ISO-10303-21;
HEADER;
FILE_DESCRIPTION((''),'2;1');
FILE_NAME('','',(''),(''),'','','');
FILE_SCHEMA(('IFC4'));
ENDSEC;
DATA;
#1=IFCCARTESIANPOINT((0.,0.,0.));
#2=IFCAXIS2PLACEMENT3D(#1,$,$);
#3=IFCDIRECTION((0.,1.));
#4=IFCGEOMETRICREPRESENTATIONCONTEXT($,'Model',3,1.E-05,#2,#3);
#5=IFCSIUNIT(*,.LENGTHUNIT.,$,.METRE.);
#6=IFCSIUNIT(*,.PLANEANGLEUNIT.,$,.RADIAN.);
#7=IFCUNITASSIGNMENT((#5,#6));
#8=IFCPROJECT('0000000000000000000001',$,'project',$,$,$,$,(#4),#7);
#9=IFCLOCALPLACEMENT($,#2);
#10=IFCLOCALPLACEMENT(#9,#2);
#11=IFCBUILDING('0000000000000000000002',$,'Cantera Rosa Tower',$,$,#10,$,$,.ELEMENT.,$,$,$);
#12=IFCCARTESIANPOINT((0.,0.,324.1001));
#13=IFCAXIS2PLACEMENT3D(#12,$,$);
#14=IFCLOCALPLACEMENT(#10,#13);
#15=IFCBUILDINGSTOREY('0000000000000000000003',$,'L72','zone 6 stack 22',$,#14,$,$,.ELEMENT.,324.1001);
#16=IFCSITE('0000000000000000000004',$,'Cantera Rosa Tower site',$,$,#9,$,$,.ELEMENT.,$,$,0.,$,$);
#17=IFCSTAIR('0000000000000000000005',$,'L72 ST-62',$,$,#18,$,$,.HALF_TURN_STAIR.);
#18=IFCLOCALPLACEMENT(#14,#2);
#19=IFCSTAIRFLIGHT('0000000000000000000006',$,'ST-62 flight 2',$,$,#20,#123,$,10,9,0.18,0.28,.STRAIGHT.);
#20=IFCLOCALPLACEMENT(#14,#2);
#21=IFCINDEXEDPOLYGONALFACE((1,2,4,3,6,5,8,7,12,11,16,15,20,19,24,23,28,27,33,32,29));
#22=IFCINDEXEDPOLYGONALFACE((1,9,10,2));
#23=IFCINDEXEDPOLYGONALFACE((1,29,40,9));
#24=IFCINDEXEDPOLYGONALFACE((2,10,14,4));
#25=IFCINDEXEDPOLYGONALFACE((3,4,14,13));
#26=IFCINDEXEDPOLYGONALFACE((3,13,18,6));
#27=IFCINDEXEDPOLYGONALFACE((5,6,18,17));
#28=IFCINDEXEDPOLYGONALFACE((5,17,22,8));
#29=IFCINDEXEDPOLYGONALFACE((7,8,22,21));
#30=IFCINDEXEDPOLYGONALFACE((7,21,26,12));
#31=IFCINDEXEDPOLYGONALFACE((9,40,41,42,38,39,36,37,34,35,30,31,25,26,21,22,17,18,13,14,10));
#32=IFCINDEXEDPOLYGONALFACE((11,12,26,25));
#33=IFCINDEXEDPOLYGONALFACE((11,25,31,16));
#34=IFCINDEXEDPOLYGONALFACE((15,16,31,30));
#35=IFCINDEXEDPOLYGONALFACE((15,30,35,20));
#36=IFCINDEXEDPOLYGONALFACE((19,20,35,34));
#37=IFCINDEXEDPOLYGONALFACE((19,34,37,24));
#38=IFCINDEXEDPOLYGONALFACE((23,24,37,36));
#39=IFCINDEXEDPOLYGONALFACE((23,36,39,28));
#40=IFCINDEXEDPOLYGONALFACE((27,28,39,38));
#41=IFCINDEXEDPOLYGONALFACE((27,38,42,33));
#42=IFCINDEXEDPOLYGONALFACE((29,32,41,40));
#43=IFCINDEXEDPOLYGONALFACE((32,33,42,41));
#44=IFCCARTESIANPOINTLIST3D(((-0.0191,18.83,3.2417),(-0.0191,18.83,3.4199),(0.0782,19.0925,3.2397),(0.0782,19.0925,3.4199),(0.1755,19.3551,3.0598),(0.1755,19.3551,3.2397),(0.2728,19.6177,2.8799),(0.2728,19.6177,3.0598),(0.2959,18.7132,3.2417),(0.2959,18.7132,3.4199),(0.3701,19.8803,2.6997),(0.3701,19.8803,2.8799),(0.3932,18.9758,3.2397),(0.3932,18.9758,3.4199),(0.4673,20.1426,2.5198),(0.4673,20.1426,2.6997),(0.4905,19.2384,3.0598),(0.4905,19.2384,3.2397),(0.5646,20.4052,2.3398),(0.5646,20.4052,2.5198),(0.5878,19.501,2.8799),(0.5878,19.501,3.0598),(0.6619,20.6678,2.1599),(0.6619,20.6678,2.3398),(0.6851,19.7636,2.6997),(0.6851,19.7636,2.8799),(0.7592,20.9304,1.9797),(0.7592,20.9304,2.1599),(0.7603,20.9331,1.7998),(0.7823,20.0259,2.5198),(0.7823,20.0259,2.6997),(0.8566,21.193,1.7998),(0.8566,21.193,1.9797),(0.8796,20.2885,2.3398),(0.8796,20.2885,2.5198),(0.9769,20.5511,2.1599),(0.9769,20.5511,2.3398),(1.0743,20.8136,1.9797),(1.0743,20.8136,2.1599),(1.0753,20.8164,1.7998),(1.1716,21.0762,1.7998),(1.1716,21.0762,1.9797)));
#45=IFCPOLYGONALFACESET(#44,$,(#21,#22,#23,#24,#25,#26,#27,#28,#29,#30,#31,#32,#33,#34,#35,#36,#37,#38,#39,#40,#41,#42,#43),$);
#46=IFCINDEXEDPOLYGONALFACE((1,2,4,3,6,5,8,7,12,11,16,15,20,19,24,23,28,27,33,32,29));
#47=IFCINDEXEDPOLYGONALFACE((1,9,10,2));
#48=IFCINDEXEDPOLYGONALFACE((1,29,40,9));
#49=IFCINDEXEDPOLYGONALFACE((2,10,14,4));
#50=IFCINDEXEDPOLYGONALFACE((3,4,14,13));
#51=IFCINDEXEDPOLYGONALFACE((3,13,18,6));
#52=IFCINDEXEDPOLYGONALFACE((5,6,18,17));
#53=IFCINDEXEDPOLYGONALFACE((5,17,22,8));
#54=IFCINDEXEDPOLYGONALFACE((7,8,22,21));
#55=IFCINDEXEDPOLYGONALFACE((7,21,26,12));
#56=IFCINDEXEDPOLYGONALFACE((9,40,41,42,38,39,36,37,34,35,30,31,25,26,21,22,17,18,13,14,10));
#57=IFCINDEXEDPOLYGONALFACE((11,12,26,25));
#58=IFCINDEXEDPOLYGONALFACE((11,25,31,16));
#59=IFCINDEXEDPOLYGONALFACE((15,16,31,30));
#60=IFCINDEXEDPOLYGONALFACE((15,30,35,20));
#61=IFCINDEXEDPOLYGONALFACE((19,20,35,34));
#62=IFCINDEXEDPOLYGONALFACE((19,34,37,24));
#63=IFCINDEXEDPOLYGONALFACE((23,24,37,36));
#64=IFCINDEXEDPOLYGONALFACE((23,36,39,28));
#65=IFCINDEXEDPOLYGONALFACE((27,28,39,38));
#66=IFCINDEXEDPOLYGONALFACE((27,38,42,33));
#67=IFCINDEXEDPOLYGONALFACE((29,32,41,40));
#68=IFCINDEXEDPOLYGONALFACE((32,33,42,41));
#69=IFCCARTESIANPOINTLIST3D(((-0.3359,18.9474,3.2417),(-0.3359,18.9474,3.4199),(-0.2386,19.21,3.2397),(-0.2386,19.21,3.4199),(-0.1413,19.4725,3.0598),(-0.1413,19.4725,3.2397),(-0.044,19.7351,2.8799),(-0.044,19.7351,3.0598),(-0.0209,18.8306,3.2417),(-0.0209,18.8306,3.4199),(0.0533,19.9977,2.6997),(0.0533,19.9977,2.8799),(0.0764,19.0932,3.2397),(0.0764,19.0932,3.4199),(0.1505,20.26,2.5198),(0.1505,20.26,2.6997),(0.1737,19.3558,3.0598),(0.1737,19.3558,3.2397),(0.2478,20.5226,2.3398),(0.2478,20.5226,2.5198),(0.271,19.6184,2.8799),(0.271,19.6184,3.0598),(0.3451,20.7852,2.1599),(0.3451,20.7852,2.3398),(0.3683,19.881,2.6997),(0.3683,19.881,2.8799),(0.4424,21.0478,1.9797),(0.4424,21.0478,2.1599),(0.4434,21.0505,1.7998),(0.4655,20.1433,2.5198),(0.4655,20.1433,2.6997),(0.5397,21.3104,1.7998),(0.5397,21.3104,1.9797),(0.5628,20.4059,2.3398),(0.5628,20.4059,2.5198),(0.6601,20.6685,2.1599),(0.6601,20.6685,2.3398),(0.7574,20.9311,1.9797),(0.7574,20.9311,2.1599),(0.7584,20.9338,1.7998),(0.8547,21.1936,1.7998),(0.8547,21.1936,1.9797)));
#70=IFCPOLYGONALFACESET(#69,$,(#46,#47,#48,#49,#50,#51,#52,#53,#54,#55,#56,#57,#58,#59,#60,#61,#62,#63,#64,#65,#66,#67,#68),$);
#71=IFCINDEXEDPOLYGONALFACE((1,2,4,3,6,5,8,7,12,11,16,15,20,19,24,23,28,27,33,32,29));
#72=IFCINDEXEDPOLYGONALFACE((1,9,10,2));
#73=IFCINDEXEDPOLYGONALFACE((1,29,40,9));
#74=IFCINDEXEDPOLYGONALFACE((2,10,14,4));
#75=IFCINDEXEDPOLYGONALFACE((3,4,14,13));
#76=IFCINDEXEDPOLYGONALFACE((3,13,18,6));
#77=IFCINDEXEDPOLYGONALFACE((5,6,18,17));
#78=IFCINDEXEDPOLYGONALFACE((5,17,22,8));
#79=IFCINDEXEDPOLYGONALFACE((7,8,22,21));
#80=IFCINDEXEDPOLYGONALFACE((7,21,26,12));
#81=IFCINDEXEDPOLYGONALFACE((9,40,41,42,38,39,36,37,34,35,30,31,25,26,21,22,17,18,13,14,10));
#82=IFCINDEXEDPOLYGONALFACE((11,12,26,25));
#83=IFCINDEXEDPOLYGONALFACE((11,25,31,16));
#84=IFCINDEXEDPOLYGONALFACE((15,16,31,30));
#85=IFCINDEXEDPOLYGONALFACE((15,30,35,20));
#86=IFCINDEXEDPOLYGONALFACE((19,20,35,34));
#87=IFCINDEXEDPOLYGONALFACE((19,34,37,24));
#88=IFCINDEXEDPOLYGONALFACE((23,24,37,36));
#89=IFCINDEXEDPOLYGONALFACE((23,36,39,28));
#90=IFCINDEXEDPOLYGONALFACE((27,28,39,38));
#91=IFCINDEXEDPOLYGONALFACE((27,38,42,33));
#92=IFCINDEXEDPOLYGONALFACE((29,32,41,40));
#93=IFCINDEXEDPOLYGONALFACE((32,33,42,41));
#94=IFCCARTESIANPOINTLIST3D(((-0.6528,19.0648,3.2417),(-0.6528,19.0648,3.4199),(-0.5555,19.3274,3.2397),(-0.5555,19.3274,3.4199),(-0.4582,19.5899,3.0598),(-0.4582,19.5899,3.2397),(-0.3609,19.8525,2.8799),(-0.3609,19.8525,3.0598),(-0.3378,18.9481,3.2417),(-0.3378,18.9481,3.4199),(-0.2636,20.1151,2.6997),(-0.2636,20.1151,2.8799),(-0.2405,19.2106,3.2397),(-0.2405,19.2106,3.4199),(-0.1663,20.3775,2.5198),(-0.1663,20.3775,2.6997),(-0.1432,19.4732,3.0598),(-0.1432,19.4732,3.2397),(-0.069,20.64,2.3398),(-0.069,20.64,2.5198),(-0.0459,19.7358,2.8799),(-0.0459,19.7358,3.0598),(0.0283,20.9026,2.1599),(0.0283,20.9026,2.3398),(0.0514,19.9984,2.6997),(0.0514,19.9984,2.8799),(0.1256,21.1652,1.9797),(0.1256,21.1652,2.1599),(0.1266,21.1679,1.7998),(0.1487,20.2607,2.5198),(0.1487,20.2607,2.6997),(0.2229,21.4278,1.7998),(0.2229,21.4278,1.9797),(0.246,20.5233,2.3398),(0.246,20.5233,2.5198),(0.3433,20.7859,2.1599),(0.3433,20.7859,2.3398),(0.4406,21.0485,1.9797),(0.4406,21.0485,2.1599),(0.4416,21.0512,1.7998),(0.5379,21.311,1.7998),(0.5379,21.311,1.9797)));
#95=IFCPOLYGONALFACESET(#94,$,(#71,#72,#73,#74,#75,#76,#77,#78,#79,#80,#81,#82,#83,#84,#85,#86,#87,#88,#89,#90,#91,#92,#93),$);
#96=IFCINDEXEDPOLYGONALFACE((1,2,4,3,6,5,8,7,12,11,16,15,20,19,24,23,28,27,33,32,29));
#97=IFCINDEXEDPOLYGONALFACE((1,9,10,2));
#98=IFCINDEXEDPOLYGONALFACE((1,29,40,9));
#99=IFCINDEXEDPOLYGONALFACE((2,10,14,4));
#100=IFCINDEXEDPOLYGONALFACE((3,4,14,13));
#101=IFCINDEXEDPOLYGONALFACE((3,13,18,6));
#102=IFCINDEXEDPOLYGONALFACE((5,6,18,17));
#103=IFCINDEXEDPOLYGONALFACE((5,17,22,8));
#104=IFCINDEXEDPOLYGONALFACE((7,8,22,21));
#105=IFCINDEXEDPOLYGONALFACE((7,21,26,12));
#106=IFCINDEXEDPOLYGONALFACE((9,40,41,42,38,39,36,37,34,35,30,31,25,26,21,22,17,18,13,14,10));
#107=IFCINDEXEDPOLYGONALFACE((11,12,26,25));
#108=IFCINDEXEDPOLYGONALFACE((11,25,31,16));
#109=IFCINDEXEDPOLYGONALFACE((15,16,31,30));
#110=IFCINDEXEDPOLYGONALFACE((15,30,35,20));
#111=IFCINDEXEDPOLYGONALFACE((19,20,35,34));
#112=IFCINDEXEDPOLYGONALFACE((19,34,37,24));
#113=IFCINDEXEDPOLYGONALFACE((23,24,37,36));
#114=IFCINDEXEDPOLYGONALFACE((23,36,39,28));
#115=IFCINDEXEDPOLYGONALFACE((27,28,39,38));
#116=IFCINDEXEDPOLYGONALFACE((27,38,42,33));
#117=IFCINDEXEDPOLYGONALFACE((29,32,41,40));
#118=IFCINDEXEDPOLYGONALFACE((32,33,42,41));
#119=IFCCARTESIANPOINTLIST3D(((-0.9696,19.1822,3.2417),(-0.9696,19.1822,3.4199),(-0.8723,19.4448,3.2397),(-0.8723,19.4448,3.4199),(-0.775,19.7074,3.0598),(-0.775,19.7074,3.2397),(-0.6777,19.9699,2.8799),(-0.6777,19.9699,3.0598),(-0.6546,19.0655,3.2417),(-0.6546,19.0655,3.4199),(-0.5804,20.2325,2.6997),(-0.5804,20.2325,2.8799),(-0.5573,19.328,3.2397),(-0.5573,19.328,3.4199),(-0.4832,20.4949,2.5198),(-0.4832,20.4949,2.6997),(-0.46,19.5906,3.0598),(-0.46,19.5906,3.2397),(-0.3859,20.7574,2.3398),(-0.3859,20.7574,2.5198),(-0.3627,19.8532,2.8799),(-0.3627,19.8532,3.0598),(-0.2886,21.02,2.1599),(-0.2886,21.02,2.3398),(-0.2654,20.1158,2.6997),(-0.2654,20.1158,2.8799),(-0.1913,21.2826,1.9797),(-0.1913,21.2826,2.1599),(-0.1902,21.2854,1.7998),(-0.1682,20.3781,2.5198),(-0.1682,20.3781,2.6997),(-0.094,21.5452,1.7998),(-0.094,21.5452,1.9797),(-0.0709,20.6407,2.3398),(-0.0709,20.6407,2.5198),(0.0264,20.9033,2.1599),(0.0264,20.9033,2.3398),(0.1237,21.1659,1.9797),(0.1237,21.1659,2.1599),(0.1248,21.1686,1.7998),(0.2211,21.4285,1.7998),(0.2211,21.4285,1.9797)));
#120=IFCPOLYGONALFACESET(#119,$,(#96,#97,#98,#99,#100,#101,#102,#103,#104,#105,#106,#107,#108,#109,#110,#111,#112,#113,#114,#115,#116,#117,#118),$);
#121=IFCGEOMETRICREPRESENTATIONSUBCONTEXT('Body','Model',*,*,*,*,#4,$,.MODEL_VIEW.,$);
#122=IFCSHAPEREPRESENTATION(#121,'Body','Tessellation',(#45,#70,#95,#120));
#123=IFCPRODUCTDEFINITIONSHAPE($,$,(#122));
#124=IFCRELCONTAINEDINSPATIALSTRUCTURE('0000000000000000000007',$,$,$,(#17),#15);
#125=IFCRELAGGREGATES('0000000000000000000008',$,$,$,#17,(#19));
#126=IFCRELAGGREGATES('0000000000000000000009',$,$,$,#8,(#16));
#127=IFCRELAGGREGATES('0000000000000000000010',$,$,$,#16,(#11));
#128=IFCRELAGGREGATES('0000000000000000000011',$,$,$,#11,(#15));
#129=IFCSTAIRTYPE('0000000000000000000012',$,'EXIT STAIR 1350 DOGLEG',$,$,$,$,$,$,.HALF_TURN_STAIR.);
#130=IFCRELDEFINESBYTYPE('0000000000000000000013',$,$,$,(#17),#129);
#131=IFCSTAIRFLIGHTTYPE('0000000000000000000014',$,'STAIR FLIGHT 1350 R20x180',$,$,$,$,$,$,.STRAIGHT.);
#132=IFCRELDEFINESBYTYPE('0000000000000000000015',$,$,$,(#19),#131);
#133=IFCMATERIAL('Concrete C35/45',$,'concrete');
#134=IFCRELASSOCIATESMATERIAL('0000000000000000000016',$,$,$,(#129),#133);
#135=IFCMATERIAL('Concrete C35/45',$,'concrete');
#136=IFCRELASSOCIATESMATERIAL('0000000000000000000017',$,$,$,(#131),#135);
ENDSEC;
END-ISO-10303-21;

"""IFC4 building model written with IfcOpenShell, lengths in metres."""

from ifc_helpers import new_model, si_unit, direction, frame, origin, place, context, subcontext, project, spatial, polyline, outline, extrude, material, type_object, element, aggregate, save


model = new_model("IFC4")

# Units and contexts
model_context = context("Model", 3, precision=1e-05, world=origin(), true_north=direction((0.0, 1.0)))
body_context = subcontext(model_context, "Body", "Model", "MODEL_VIEW")
ifc_project = project(units=[si_unit("LENGTHUNIT", "METRE"), si_unit("PLANEANGLEUNIT", "RADIAN")], contexts=[model_context])

# Site, building, storey
site_placement = place(None, origin())
site = spatial("IfcSite", under=ifc_project, at=site_placement, Name="Cantera Rosa Tower site", CompositionType="ELEMENT", RefElevation=0.0)
building_placement = place(site_placement, origin())
building = spatial("IfcBuilding", under=site, at=building_placement, Name="Cantera Rosa Tower", CompositionType="ELEMENT")
storey_placement = place(building_placement, frame((0.0, 0.0, 324.1001)))
storey = spatial("IfcBuildingStorey", under=building, at=storey_placement, Name="L72", Description="zone 6 stack 22", CompositionType="ELEMENT", Elevation=324.1001)

# Stair, stair flight
ifc_material_1 = material(Name="Concrete C35/45", Category="concrete")
stair_type = type_object("IfcStairType", Name="EXIT STAIR 1350 DOGLEG", PredefinedType="HALF_TURN_STAIR", material=ifc_material_1)
stair_placement = place(storey_placement, origin())
stair = element("IfcStair", 1, at=stair_placement, inside=storey, type_object=stair_type, Name="L72 ST-62", PredefinedType="HALF_TURN_STAIR")
ifc_material_2 = material(Name="Concrete C35/45", Category="concrete")
stair_flight_type = type_object("IfcStairFlightType", Name="STAIR FLIGHT 1350 R20x180", PredefinedType="STRAIGHT", material=ifc_material_2)
stair_flight_placement = place(storey_placement, frame((0.5386, 21.3108, 1.7998), z_axis=(0.0, 0.0, 1.0), x_axis=(-0.347481, -0.937687, 0.0)))
stair_flight = element("IfcStairFlight", 2, at=stair_flight_placement, type_object=stair_flight_type, Name="ST-62 flight 2", NumberOfRisers=10, NumberOfTreads=9, PredefinedType="STRAIGHT", RiserHeight=0.18, TreadLength=0.28, context=body_context, shape_type="SweptSolid", body=[
    extrude(outline(polyline([(0.0, 0.0), (0.0, 0.1799), (0.28, 0.1799), (0.28, 0.3601), (0.5601, 0.3601), (0.5601, 0.54), (0.8401, 0.54), (0.8401, 0.72), (1.1201, 0.72), (1.1201, 0.8999), (1.3999, 0.8999), (1.3999, 1.0801), (1.6799, 1.0801), (1.6799, 1.26), (1.96, 1.26), (1.96, 1.4399), (2.24, 1.4399), (2.24, 1.6201), (2.52, 1.6201), (2.52, 1.8), (2.52, 1.4419), (0.2771, 0.0), (0.0, 0.0)])), frame((0.0, 0.675, 0.0), z_axis=(0.0, -1.0, 0.0), x_axis=(1.0, 0.0, 0.0)), (0.0, 0.0, 1.0), 0.3359),
    extrude(outline(polyline([(0.0, 0.0), (0.0, 0.1799), (0.28, 0.1799), (0.28, 0.3601), (0.5601, 0.3601), (0.5601, 0.54), (0.8401, 0.54), (0.8401, 0.72), (1.1201, 0.72), (1.1201, 0.8999), (1.3999, 0.8999), (1.3999, 1.0801), (1.6799, 1.0801), (1.6799, 1.26), (1.96, 1.26), (1.96, 1.4399), (2.24, 1.4399), (2.24, 1.6201), (2.52, 1.6201), (2.52, 1.8), (2.52, 1.4419), (0.2771, 0.0), (0.0, 0.0)])), frame((0.0, 0.3372, 0.0), z_axis=(0.0, -1.0, 0.0), x_axis=(1.0, 0.0, 0.0)), (0.0, 0.0, 1.0), 0.3359),
    extrude(outline(polyline([(0.0, 0.0), (0.0, 0.1799), (0.28, 0.1799), (0.28, 0.3601), (0.5601, 0.3601), (0.5601, 0.54), (0.8401, 0.54), (0.8401, 0.72), (1.1201, 0.72), (1.1201, 0.8999), (1.3999, 0.8999), (1.3999, 1.0801), (1.6799, 1.0801), (1.6799, 1.26), (1.96, 1.26), (1.96, 1.4399), (2.24, 1.4399), (2.24, 1.6201), (2.52, 1.6201), (2.52, 1.8), (2.52, 1.4419), (0.2771, 0.0), (0.0, 0.0)])), frame((0.0, -0.0007, 0.0), z_axis=(0.0, -1.0, 0.0), x_axis=(1.0, 0.0, 0.0)), (0.0, 0.0, 1.0), 0.3359),
    extrude(outline(polyline([(0.0, 0.0), (0.0, 0.1799), (0.28, 0.1799), (0.28, 0.3601), (0.5601, 0.3601), (0.5601, 0.54), (0.8401, 0.54), (0.8401, 0.72), (1.1201, 0.72), (1.1201, 0.8999), (1.3999, 0.8999), (1.3999, 1.0801), (1.6799, 1.0801), (1.6799, 1.26), (1.96, 1.26), (1.96, 1.4399), (2.24, 1.4399), (2.24, 1.6201), (2.52, 1.6201), (2.52, 1.8), (2.52, 1.4419), (0.2771, 0.0), (0.0, 0.0)])), frame((0.0, -0.3386, 0.0), z_axis=(0.0, -1.0, 0.0), x_axis=(1.0, 0.0, 0.0)), (0.0, 0.0, 1.0), 0.3359),
])
aggregate(stair, [stair_flight])

save(model, "model.ifc")
